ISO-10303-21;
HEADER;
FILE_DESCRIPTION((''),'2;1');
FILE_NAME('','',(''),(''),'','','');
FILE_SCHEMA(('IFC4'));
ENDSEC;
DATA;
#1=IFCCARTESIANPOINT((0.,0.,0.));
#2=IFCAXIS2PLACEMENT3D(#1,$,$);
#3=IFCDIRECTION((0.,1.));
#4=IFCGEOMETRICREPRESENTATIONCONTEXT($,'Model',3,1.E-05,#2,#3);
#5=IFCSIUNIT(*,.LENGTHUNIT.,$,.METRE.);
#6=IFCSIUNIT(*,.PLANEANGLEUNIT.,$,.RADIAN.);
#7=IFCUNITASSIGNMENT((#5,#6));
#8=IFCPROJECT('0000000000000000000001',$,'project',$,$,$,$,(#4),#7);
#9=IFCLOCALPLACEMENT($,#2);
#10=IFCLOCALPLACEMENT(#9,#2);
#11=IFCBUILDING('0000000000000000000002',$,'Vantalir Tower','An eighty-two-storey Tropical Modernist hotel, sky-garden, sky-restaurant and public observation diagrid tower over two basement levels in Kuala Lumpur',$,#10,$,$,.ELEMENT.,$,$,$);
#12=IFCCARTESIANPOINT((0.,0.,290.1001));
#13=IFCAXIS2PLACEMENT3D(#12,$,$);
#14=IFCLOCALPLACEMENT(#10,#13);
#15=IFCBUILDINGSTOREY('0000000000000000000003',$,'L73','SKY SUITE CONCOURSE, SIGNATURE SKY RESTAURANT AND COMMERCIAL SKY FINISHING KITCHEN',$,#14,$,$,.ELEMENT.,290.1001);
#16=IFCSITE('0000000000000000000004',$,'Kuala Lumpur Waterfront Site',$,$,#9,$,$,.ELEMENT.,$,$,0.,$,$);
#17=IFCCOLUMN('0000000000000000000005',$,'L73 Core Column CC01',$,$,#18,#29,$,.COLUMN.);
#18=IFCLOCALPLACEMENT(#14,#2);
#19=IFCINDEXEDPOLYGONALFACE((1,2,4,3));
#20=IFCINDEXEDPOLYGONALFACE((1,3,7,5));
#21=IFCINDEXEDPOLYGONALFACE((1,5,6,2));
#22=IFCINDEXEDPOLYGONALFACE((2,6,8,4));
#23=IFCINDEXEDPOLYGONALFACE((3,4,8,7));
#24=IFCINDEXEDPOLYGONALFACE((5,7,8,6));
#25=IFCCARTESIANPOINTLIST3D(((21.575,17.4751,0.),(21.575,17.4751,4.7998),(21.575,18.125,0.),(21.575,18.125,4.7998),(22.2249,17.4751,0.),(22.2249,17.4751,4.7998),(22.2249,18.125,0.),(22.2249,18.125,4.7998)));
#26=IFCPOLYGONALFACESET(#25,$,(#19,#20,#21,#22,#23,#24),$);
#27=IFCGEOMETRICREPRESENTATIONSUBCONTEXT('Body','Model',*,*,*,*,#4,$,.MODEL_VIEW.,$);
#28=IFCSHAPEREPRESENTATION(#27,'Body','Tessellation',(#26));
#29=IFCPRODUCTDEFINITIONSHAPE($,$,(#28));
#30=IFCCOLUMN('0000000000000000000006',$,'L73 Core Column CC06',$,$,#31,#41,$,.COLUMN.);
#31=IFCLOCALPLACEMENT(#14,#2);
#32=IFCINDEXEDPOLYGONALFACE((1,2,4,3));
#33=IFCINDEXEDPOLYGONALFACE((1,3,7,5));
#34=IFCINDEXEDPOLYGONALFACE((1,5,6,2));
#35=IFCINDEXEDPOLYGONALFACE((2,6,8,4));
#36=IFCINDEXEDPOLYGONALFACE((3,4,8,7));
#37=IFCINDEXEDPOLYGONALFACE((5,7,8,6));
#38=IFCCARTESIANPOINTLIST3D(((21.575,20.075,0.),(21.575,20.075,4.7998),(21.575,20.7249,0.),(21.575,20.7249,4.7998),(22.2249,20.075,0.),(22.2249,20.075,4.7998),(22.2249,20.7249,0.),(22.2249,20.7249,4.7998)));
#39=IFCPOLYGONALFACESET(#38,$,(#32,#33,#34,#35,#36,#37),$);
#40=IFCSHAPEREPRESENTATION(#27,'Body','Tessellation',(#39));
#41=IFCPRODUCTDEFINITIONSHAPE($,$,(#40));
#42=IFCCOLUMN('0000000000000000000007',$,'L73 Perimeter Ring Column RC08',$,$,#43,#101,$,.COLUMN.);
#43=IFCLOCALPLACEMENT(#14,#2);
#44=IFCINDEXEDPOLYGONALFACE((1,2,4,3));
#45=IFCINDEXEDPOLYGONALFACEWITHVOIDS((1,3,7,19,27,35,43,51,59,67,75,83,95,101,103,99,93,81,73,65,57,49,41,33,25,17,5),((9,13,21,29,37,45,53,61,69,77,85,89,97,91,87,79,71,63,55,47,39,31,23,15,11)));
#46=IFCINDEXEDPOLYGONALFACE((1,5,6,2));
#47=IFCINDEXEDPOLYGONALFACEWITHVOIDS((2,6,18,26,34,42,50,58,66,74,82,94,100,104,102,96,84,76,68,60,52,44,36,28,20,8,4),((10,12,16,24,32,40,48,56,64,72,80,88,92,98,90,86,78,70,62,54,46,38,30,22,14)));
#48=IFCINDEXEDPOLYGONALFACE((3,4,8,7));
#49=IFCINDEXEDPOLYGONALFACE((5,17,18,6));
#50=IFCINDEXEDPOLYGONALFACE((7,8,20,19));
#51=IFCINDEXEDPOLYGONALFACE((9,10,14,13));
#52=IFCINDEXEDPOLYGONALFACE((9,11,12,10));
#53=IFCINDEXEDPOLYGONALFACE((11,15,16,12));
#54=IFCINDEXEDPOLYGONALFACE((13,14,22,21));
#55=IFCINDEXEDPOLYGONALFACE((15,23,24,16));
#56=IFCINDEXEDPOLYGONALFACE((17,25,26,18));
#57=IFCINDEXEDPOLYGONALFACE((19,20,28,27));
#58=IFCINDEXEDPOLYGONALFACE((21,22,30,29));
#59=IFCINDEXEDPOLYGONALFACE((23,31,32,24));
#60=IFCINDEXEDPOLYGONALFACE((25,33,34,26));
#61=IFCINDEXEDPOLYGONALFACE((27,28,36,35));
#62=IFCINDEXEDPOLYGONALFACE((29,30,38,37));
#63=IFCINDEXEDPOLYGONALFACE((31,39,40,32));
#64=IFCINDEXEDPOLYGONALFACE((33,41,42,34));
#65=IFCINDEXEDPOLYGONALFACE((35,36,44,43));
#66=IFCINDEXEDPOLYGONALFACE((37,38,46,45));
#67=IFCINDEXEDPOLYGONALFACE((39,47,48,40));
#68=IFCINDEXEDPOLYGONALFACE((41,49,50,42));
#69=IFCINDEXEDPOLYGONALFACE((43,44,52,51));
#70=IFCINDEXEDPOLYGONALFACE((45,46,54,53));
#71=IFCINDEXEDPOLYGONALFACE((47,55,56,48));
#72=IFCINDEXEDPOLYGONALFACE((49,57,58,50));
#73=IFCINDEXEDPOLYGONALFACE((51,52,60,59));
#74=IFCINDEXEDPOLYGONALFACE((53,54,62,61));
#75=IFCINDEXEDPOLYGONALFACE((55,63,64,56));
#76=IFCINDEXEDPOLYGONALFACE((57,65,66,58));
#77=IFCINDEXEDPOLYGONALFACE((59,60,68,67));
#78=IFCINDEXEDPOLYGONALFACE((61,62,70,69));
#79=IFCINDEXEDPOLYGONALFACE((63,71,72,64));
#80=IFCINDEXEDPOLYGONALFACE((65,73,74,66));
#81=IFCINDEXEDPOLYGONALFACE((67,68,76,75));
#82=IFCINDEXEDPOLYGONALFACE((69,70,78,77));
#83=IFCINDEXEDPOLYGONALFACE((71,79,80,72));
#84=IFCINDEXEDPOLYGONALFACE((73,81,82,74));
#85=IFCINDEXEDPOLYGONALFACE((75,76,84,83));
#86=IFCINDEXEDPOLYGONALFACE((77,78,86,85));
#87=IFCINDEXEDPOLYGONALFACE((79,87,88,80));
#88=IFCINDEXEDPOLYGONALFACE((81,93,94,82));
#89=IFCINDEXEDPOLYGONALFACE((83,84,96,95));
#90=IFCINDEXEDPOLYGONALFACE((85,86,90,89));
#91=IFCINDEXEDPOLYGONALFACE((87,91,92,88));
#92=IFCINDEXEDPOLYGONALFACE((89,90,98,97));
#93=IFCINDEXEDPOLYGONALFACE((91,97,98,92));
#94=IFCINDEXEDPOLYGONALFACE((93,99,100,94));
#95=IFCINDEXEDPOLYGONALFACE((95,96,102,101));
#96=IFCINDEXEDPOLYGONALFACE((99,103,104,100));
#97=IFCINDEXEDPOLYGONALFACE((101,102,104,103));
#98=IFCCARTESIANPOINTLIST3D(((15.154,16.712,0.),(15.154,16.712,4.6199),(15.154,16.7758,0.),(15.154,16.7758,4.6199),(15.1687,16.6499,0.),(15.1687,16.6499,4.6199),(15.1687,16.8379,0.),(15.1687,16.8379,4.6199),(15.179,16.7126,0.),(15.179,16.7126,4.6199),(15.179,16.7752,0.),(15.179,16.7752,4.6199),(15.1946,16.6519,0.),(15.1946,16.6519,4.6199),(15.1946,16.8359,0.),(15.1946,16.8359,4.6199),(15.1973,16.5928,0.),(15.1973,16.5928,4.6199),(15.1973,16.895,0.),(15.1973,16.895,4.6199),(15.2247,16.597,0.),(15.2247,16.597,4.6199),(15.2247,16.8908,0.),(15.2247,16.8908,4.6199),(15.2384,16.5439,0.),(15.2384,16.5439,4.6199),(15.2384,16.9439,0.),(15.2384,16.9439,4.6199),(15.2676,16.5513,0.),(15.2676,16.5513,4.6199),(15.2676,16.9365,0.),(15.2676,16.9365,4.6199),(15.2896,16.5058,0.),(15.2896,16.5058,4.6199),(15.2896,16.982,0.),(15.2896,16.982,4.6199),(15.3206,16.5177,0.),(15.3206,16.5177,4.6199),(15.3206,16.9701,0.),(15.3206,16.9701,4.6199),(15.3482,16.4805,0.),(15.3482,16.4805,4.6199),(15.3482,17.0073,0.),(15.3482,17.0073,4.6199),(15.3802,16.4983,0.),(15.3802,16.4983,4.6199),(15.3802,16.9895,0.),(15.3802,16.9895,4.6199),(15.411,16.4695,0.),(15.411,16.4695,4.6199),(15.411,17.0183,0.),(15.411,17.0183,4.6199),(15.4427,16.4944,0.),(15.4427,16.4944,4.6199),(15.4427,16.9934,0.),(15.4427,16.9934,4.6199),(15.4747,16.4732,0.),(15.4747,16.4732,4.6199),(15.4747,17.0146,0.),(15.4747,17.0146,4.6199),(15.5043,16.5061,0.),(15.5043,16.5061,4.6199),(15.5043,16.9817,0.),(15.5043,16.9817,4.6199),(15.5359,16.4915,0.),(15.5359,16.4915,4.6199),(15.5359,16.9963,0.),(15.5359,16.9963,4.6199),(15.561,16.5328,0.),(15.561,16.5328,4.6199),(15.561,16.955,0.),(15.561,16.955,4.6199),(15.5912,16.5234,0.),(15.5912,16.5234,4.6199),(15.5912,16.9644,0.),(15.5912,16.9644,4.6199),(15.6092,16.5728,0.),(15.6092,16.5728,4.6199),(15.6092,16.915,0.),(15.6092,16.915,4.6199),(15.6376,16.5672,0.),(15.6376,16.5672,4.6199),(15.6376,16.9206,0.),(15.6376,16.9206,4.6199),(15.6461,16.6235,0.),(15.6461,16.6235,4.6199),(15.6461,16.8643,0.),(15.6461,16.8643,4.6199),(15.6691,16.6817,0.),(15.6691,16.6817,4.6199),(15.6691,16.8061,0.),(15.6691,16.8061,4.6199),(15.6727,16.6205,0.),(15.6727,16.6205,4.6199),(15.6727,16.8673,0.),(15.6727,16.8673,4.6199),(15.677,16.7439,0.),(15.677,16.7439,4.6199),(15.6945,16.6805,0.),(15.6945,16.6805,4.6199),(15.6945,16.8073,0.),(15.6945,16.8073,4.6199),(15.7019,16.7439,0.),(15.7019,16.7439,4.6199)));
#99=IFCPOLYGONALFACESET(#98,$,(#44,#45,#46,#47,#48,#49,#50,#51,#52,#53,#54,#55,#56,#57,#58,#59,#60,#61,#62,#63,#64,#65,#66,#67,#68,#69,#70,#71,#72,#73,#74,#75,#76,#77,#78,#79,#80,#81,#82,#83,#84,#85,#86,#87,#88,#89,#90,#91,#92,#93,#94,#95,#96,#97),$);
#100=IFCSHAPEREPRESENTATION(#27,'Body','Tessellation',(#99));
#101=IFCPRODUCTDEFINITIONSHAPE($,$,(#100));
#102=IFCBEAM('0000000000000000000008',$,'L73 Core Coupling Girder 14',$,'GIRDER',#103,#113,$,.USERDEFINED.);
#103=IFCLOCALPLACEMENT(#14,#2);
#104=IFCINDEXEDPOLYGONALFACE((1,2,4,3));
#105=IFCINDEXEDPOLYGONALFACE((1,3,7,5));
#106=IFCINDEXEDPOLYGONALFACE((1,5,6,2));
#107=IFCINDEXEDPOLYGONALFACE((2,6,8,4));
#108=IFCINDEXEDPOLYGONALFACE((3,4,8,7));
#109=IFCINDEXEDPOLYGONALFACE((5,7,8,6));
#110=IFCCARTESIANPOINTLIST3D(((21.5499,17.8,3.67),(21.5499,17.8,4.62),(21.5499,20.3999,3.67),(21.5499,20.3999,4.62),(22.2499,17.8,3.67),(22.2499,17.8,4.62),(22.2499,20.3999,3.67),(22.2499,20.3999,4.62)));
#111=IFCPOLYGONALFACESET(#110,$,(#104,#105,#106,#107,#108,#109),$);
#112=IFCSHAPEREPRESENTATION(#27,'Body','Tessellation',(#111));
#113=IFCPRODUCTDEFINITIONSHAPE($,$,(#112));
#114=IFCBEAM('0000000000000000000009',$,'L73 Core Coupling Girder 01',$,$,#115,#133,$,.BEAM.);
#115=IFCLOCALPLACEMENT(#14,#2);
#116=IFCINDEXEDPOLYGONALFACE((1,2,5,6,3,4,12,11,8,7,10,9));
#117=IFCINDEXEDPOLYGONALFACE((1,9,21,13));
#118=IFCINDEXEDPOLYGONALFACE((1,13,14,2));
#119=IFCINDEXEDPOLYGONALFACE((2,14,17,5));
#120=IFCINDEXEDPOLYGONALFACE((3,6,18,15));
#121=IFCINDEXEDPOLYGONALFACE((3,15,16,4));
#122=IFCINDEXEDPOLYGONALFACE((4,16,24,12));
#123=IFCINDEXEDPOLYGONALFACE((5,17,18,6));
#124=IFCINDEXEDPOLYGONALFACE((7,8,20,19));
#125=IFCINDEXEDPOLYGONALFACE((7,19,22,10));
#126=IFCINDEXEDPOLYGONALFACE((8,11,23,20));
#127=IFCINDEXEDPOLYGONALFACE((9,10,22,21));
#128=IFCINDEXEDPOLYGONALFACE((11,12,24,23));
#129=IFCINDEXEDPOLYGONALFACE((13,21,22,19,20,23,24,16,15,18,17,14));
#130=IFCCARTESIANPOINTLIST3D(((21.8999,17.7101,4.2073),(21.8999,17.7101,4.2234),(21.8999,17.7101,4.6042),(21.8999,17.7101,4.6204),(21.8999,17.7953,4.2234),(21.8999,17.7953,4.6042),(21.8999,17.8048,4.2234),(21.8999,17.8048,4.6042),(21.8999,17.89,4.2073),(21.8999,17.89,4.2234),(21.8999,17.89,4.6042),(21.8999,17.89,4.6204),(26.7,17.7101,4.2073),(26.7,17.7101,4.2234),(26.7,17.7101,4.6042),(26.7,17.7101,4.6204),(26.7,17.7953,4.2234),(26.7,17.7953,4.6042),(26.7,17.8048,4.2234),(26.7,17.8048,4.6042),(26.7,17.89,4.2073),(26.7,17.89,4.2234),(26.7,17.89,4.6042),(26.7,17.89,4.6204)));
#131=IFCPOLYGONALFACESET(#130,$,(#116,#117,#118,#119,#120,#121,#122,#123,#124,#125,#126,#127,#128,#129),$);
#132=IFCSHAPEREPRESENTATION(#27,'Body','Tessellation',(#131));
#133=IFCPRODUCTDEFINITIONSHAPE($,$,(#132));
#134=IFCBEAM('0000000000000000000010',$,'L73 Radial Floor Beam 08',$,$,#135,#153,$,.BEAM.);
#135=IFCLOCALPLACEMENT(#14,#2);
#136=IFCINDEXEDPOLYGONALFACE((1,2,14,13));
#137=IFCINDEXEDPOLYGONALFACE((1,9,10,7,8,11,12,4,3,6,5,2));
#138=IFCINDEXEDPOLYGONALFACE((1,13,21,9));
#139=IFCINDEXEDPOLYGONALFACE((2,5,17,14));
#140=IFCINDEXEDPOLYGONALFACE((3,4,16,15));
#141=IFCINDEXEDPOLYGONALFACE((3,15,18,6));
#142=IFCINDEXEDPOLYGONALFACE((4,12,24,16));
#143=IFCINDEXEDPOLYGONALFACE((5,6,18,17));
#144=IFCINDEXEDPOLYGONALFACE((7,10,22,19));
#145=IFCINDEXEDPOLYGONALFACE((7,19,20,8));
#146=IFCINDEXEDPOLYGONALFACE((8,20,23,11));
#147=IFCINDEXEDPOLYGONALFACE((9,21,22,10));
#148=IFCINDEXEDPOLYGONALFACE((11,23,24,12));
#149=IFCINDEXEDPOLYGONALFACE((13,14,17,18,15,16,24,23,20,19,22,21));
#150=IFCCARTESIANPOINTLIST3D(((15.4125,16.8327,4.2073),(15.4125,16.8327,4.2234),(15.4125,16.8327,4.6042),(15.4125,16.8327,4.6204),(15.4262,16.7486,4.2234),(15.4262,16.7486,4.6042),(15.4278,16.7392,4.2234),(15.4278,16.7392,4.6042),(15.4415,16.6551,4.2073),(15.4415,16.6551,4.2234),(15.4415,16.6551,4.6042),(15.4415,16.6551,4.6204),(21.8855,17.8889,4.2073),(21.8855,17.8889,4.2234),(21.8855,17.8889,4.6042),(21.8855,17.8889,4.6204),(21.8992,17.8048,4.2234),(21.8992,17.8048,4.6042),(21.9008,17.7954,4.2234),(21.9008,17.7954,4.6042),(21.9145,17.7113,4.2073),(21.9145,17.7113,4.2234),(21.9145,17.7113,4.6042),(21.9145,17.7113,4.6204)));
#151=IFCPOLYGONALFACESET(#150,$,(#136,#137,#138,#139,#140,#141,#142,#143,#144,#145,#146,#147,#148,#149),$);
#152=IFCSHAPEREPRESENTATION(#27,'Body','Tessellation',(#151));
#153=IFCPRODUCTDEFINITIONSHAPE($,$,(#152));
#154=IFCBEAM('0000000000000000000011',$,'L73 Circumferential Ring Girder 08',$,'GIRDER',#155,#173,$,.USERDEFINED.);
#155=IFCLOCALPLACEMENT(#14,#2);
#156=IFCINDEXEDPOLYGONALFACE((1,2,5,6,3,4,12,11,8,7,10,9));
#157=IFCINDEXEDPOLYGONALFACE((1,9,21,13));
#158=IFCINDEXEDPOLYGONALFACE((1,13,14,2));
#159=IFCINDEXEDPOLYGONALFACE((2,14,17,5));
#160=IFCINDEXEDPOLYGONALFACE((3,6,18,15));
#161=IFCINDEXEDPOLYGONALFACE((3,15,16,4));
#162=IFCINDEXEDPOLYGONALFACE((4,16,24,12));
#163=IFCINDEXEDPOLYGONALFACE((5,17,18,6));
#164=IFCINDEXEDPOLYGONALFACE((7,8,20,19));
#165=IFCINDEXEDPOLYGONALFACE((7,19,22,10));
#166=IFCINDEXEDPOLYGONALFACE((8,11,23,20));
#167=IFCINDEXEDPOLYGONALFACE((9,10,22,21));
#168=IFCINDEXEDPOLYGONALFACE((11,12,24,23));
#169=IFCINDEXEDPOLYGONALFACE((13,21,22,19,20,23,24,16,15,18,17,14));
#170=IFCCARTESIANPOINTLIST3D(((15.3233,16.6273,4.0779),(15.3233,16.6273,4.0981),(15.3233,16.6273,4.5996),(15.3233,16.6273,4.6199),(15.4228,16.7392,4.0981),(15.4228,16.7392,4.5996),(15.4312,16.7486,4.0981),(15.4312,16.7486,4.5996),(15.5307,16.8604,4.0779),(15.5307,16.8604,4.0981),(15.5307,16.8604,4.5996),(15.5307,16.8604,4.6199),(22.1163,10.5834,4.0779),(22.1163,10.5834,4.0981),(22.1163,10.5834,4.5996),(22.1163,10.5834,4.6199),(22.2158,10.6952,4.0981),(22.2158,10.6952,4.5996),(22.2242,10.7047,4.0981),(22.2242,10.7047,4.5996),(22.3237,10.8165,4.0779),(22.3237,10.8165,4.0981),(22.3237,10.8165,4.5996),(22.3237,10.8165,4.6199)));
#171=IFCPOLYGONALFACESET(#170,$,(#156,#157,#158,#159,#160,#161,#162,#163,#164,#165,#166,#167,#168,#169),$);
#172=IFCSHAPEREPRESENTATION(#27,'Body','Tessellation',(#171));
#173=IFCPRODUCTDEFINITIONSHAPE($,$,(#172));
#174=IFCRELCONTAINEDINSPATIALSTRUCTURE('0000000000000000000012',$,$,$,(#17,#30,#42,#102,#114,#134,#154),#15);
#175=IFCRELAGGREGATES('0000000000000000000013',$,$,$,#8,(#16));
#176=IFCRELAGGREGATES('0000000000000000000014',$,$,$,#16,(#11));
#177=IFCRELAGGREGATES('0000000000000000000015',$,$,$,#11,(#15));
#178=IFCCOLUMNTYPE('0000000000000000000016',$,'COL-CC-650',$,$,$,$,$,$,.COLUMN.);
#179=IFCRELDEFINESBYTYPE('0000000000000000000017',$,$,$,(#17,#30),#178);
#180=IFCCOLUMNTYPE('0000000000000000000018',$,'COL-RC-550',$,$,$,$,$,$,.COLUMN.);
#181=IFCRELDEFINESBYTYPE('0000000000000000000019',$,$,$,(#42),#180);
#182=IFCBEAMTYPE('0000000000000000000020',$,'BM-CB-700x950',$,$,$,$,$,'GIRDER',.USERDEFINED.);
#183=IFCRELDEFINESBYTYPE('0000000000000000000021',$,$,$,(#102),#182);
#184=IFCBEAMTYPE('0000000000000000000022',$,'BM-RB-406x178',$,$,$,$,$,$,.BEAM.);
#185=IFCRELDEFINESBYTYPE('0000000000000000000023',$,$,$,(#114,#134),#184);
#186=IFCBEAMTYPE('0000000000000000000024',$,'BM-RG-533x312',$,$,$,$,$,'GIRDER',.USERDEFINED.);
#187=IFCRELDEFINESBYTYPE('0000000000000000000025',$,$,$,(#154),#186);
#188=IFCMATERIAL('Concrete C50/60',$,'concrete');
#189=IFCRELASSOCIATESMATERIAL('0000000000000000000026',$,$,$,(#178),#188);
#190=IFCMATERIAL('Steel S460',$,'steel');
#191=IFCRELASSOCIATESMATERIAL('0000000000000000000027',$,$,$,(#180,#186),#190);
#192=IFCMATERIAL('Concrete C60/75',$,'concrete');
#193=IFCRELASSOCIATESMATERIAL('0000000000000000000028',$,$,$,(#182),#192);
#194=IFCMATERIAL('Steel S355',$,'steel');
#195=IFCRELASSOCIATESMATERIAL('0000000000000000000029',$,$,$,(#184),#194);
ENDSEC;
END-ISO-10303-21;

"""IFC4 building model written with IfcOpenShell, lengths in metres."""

from ifc_helpers import new_model, si_unit, direction, frame, origin, origin_2d, place, context, subcontext, project, spatial, rectangle, hollow_circle, i_section, extrude, material, material_profile, profile_set, type_object, element, save


model = new_model("IFC4")

# Units and contexts
model_context = context("Model", 3, precision=1e-05, world=origin(), true_north=direction((0.0, 1.0)))
body_context = subcontext(model_context, "Body", "Model", "MODEL_VIEW")
ifc_project = project(units=[si_unit("LENGTHUNIT", "METRE"), si_unit("PLANEANGLEUNIT", "RADIAN")], contexts=[model_context])

# Site, building, storey
site_placement = place(None, origin())
site = spatial("IfcSite", under=ifc_project, at=site_placement, Name="Kuala Lumpur Waterfront Site", CompositionType="ELEMENT", RefElevation=0.0)
building_placement = place(site_placement, origin())
building = spatial("IfcBuilding", under=site, at=building_placement, Name="Vantalir Tower", Description="An eighty-two-storey Tropical Modernist hotel, sky-garden, sky-restaurant and public observation diagrid tower over two basement levels in Kuala Lumpur", CompositionType="ELEMENT")
storey_placement = place(building_placement, frame((0.0, 0.0, 290.1001)))
storey = spatial("IfcBuildingStorey", under=building, at=storey_placement, Name="L73", Description="SKY SUITE CONCOURSE, SIGNATURE SKY RESTAURANT AND COMMERCIAL SKY FINISHING KITCHEN", CompositionType="ELEMENT", Elevation=290.1001)

# Columns
ifc_material_1 = material(Name="Concrete C50/60", Category="concrete")
ifc_material_profile_1 = material_profile(ifc_material_1, rectangle(XDim=0.6499, YDim=0.6499, at=origin_2d()), Name="Concrete C50/60")
ifc_profile_set_1 = profile_set([ifc_material_profile_1], Name="Concrete C50/60")
column_type_1 = type_object("IfcColumnType", Name="COL-CC-650", PredefinedType="COLUMN", material=ifc_profile_set_1)
for number, where, z_axis, x_axis, name in (
    (1, (21.8999, 17.8, 0.0), (0.0, 0.0, 1.0), (1.0, 0.0, 0.0), "L73 Core Column CC01"),
    (2, (21.8999, 20.3999, 0.0), (0.0, 0.0, 1.0), (1.0, 0.0, 0.0), "L73 Core Column CC06"),
):
    element("IfcColumn", number, at=place(storey_placement, frame(where, z_axis=z_axis, x_axis=x_axis)), inside=storey, type_object=column_type_1, Name=name, PredefinedType="COLUMN", context=body_context, shape_type="SweptSolid", body=[
        extrude(rectangle(XDim=0.6499, YDim=0.6499, at=origin_2d()), origin(), (0.0, 0.0, 1.0), 4.7998),
    ])
ifc_material_2 = material(Name="Steel S460", Category="steel")
ifc_material_profile_2 = material_profile(ifc_material_2, hollow_circle(Radius=0.2749, WallThickness=0.0249, at=origin_2d()), Name="Steel S460")
ifc_profile_set_2 = profile_set([ifc_material_profile_2], Name="Steel S460")
column_type_2 = type_object("IfcColumnType", Name="COL-RC-550", PredefinedType="COLUMN", material=ifc_profile_set_2)
column_placement = place(storey_placement, frame((15.427, 16.7439, 0.0), z_axis=(0.0, 0.0, 1.0), x_axis=(1.0, 0.0, 0.0)))
element("IfcColumn", 3, at=column_placement, inside=storey, type_object=column_type_2, Name="L73 Perimeter Ring Column RC08", PredefinedType="COLUMN", context=body_context, shape_type="SweptSolid", body=[
    extrude(hollow_circle(Radius=0.2749, WallThickness=0.0249, at=origin_2d()), origin(), (0.0, 0.0, 1.0), 4.6199),
])

# Beams
ifc_material_3 = material(Name="Concrete C60/75", Category="concrete")
ifc_material_profile_3 = material_profile(ifc_material_3, rectangle(XDim=0.7, YDim=0.95, at=origin_2d()), Name="Concrete C60/75")
ifc_profile_set_3 = profile_set([ifc_material_profile_3], Name="Concrete C60/75")
beam_type_1 = type_object("IfcBeamType", Name="BM-CB-700x950", ElementType="GIRDER", PredefinedType="USERDEFINED", material=ifc_profile_set_3)
beam_1_placement = place(storey_placement, frame((21.8999, 20.3999, 4.145), z_axis=(0.0, -1.0, 0.0), x_axis=(1.0, 0.0, 0.0)))
element("IfcBeam", 4, at=beam_1_placement, inside=storey, type_object=beam_type_1, Name="L73 Core Coupling Girder 14", ObjectType="GIRDER", PredefinedType="USERDEFINED", context=body_context, shape_type="SweptSolid", body=[
    extrude(rectangle(XDim=0.7, YDim=0.95, at=origin_2d()), origin(), (0.0, 0.0, 1.0), 2.5999),
])
ifc_material_4 = material(Name="Steel S355", Category="steel")
ifc_material_profile_4 = material_profile(ifc_material_4, i_section(OverallWidth=0.1799, OverallDepth=0.4131, WebThickness=0.0095, FlangeThickness=0.0161, at=origin_2d()), Name="Steel S355")
ifc_profile_set_4 = profile_set([ifc_material_profile_4], Name="Steel S355")
beam_type_2 = type_object("IfcBeamType", Name="BM-RB-406x178", PredefinedType="BEAM", material=ifc_profile_set_4)
beam_2_placement = place(storey_placement, frame((21.8999, 17.8, 4.4138), z_axis=(1.0, 0.0, 0.0), x_axis=(0.0, 1.0, 0.0)))
element("IfcBeam", 5, at=beam_2_placement, inside=storey, type_object=beam_type_2, Name="L73 Core Coupling Girder 01", PredefinedType="BEAM", context=body_context, shape_type="SweptSolid", body=[
    extrude(i_section(OverallWidth=0.1799, OverallDepth=0.4131, WebThickness=0.0095, FlangeThickness=0.0161, at=origin_2d()), origin(), (0.0, 0.0, 1.0), 4.8),
])
beam_3_placement = place(storey_placement, frame((15.427, 16.7439, 4.4138), z_axis=(0.986949, 0.161036, 0.0), x_axis=(-0.161036, 0.986949, 0.0)))
element("IfcBeam", 6, at=beam_3_placement, inside=storey, type_object=beam_type_2, Name="L73 Radial Floor Beam 08", PredefinedType="BEAM", context=body_context, shape_type="SweptSolid", body=[
    extrude(i_section(OverallWidth=0.1799, OverallDepth=0.4131, WebThickness=0.0095, FlangeThickness=0.0161, at=origin_2d()), origin(), (0.0, 0.0, 1.0), 6.5586),
])
ifc_material_profile_5 = material_profile(ifc_material_2, i_section(OverallWidth=0.312, OverallDepth=0.542, WebThickness=0.0127, FlangeThickness=0.0203, at=origin_2d()), Name="Steel S460")
ifc_profile_set_5 = profile_set([ifc_material_profile_5], Name="Steel S460")
beam_type_3 = type_object("IfcBeamType", Name="BM-RG-533x312", ElementType="GIRDER", PredefinedType="USERDEFINED", material=ifc_profile_set_5)
beam_4_placement = place(storey_placement, frame((15.427, 16.7439, 4.3489), z_axis=(0.747095, -0.664717, 0.0), x_axis=(0.664717, 0.747095, 0.0)))
element("IfcBeam", 7, at=beam_4_placement, inside=storey, type_object=beam_type_3, Name="L73 Circumferential Ring Girder 08", ObjectType="GIRDER", PredefinedType="USERDEFINED", context=body_context, shape_type="SweptSolid", body=[
    extrude(i_section(OverallWidth=0.312, OverallDepth=0.542, WebThickness=0.0127, FlangeThickness=0.0203, at=origin_2d()), origin(), (0.0, 0.0, 1.0), 9.0925),
])

save(model, "model.ifc")
